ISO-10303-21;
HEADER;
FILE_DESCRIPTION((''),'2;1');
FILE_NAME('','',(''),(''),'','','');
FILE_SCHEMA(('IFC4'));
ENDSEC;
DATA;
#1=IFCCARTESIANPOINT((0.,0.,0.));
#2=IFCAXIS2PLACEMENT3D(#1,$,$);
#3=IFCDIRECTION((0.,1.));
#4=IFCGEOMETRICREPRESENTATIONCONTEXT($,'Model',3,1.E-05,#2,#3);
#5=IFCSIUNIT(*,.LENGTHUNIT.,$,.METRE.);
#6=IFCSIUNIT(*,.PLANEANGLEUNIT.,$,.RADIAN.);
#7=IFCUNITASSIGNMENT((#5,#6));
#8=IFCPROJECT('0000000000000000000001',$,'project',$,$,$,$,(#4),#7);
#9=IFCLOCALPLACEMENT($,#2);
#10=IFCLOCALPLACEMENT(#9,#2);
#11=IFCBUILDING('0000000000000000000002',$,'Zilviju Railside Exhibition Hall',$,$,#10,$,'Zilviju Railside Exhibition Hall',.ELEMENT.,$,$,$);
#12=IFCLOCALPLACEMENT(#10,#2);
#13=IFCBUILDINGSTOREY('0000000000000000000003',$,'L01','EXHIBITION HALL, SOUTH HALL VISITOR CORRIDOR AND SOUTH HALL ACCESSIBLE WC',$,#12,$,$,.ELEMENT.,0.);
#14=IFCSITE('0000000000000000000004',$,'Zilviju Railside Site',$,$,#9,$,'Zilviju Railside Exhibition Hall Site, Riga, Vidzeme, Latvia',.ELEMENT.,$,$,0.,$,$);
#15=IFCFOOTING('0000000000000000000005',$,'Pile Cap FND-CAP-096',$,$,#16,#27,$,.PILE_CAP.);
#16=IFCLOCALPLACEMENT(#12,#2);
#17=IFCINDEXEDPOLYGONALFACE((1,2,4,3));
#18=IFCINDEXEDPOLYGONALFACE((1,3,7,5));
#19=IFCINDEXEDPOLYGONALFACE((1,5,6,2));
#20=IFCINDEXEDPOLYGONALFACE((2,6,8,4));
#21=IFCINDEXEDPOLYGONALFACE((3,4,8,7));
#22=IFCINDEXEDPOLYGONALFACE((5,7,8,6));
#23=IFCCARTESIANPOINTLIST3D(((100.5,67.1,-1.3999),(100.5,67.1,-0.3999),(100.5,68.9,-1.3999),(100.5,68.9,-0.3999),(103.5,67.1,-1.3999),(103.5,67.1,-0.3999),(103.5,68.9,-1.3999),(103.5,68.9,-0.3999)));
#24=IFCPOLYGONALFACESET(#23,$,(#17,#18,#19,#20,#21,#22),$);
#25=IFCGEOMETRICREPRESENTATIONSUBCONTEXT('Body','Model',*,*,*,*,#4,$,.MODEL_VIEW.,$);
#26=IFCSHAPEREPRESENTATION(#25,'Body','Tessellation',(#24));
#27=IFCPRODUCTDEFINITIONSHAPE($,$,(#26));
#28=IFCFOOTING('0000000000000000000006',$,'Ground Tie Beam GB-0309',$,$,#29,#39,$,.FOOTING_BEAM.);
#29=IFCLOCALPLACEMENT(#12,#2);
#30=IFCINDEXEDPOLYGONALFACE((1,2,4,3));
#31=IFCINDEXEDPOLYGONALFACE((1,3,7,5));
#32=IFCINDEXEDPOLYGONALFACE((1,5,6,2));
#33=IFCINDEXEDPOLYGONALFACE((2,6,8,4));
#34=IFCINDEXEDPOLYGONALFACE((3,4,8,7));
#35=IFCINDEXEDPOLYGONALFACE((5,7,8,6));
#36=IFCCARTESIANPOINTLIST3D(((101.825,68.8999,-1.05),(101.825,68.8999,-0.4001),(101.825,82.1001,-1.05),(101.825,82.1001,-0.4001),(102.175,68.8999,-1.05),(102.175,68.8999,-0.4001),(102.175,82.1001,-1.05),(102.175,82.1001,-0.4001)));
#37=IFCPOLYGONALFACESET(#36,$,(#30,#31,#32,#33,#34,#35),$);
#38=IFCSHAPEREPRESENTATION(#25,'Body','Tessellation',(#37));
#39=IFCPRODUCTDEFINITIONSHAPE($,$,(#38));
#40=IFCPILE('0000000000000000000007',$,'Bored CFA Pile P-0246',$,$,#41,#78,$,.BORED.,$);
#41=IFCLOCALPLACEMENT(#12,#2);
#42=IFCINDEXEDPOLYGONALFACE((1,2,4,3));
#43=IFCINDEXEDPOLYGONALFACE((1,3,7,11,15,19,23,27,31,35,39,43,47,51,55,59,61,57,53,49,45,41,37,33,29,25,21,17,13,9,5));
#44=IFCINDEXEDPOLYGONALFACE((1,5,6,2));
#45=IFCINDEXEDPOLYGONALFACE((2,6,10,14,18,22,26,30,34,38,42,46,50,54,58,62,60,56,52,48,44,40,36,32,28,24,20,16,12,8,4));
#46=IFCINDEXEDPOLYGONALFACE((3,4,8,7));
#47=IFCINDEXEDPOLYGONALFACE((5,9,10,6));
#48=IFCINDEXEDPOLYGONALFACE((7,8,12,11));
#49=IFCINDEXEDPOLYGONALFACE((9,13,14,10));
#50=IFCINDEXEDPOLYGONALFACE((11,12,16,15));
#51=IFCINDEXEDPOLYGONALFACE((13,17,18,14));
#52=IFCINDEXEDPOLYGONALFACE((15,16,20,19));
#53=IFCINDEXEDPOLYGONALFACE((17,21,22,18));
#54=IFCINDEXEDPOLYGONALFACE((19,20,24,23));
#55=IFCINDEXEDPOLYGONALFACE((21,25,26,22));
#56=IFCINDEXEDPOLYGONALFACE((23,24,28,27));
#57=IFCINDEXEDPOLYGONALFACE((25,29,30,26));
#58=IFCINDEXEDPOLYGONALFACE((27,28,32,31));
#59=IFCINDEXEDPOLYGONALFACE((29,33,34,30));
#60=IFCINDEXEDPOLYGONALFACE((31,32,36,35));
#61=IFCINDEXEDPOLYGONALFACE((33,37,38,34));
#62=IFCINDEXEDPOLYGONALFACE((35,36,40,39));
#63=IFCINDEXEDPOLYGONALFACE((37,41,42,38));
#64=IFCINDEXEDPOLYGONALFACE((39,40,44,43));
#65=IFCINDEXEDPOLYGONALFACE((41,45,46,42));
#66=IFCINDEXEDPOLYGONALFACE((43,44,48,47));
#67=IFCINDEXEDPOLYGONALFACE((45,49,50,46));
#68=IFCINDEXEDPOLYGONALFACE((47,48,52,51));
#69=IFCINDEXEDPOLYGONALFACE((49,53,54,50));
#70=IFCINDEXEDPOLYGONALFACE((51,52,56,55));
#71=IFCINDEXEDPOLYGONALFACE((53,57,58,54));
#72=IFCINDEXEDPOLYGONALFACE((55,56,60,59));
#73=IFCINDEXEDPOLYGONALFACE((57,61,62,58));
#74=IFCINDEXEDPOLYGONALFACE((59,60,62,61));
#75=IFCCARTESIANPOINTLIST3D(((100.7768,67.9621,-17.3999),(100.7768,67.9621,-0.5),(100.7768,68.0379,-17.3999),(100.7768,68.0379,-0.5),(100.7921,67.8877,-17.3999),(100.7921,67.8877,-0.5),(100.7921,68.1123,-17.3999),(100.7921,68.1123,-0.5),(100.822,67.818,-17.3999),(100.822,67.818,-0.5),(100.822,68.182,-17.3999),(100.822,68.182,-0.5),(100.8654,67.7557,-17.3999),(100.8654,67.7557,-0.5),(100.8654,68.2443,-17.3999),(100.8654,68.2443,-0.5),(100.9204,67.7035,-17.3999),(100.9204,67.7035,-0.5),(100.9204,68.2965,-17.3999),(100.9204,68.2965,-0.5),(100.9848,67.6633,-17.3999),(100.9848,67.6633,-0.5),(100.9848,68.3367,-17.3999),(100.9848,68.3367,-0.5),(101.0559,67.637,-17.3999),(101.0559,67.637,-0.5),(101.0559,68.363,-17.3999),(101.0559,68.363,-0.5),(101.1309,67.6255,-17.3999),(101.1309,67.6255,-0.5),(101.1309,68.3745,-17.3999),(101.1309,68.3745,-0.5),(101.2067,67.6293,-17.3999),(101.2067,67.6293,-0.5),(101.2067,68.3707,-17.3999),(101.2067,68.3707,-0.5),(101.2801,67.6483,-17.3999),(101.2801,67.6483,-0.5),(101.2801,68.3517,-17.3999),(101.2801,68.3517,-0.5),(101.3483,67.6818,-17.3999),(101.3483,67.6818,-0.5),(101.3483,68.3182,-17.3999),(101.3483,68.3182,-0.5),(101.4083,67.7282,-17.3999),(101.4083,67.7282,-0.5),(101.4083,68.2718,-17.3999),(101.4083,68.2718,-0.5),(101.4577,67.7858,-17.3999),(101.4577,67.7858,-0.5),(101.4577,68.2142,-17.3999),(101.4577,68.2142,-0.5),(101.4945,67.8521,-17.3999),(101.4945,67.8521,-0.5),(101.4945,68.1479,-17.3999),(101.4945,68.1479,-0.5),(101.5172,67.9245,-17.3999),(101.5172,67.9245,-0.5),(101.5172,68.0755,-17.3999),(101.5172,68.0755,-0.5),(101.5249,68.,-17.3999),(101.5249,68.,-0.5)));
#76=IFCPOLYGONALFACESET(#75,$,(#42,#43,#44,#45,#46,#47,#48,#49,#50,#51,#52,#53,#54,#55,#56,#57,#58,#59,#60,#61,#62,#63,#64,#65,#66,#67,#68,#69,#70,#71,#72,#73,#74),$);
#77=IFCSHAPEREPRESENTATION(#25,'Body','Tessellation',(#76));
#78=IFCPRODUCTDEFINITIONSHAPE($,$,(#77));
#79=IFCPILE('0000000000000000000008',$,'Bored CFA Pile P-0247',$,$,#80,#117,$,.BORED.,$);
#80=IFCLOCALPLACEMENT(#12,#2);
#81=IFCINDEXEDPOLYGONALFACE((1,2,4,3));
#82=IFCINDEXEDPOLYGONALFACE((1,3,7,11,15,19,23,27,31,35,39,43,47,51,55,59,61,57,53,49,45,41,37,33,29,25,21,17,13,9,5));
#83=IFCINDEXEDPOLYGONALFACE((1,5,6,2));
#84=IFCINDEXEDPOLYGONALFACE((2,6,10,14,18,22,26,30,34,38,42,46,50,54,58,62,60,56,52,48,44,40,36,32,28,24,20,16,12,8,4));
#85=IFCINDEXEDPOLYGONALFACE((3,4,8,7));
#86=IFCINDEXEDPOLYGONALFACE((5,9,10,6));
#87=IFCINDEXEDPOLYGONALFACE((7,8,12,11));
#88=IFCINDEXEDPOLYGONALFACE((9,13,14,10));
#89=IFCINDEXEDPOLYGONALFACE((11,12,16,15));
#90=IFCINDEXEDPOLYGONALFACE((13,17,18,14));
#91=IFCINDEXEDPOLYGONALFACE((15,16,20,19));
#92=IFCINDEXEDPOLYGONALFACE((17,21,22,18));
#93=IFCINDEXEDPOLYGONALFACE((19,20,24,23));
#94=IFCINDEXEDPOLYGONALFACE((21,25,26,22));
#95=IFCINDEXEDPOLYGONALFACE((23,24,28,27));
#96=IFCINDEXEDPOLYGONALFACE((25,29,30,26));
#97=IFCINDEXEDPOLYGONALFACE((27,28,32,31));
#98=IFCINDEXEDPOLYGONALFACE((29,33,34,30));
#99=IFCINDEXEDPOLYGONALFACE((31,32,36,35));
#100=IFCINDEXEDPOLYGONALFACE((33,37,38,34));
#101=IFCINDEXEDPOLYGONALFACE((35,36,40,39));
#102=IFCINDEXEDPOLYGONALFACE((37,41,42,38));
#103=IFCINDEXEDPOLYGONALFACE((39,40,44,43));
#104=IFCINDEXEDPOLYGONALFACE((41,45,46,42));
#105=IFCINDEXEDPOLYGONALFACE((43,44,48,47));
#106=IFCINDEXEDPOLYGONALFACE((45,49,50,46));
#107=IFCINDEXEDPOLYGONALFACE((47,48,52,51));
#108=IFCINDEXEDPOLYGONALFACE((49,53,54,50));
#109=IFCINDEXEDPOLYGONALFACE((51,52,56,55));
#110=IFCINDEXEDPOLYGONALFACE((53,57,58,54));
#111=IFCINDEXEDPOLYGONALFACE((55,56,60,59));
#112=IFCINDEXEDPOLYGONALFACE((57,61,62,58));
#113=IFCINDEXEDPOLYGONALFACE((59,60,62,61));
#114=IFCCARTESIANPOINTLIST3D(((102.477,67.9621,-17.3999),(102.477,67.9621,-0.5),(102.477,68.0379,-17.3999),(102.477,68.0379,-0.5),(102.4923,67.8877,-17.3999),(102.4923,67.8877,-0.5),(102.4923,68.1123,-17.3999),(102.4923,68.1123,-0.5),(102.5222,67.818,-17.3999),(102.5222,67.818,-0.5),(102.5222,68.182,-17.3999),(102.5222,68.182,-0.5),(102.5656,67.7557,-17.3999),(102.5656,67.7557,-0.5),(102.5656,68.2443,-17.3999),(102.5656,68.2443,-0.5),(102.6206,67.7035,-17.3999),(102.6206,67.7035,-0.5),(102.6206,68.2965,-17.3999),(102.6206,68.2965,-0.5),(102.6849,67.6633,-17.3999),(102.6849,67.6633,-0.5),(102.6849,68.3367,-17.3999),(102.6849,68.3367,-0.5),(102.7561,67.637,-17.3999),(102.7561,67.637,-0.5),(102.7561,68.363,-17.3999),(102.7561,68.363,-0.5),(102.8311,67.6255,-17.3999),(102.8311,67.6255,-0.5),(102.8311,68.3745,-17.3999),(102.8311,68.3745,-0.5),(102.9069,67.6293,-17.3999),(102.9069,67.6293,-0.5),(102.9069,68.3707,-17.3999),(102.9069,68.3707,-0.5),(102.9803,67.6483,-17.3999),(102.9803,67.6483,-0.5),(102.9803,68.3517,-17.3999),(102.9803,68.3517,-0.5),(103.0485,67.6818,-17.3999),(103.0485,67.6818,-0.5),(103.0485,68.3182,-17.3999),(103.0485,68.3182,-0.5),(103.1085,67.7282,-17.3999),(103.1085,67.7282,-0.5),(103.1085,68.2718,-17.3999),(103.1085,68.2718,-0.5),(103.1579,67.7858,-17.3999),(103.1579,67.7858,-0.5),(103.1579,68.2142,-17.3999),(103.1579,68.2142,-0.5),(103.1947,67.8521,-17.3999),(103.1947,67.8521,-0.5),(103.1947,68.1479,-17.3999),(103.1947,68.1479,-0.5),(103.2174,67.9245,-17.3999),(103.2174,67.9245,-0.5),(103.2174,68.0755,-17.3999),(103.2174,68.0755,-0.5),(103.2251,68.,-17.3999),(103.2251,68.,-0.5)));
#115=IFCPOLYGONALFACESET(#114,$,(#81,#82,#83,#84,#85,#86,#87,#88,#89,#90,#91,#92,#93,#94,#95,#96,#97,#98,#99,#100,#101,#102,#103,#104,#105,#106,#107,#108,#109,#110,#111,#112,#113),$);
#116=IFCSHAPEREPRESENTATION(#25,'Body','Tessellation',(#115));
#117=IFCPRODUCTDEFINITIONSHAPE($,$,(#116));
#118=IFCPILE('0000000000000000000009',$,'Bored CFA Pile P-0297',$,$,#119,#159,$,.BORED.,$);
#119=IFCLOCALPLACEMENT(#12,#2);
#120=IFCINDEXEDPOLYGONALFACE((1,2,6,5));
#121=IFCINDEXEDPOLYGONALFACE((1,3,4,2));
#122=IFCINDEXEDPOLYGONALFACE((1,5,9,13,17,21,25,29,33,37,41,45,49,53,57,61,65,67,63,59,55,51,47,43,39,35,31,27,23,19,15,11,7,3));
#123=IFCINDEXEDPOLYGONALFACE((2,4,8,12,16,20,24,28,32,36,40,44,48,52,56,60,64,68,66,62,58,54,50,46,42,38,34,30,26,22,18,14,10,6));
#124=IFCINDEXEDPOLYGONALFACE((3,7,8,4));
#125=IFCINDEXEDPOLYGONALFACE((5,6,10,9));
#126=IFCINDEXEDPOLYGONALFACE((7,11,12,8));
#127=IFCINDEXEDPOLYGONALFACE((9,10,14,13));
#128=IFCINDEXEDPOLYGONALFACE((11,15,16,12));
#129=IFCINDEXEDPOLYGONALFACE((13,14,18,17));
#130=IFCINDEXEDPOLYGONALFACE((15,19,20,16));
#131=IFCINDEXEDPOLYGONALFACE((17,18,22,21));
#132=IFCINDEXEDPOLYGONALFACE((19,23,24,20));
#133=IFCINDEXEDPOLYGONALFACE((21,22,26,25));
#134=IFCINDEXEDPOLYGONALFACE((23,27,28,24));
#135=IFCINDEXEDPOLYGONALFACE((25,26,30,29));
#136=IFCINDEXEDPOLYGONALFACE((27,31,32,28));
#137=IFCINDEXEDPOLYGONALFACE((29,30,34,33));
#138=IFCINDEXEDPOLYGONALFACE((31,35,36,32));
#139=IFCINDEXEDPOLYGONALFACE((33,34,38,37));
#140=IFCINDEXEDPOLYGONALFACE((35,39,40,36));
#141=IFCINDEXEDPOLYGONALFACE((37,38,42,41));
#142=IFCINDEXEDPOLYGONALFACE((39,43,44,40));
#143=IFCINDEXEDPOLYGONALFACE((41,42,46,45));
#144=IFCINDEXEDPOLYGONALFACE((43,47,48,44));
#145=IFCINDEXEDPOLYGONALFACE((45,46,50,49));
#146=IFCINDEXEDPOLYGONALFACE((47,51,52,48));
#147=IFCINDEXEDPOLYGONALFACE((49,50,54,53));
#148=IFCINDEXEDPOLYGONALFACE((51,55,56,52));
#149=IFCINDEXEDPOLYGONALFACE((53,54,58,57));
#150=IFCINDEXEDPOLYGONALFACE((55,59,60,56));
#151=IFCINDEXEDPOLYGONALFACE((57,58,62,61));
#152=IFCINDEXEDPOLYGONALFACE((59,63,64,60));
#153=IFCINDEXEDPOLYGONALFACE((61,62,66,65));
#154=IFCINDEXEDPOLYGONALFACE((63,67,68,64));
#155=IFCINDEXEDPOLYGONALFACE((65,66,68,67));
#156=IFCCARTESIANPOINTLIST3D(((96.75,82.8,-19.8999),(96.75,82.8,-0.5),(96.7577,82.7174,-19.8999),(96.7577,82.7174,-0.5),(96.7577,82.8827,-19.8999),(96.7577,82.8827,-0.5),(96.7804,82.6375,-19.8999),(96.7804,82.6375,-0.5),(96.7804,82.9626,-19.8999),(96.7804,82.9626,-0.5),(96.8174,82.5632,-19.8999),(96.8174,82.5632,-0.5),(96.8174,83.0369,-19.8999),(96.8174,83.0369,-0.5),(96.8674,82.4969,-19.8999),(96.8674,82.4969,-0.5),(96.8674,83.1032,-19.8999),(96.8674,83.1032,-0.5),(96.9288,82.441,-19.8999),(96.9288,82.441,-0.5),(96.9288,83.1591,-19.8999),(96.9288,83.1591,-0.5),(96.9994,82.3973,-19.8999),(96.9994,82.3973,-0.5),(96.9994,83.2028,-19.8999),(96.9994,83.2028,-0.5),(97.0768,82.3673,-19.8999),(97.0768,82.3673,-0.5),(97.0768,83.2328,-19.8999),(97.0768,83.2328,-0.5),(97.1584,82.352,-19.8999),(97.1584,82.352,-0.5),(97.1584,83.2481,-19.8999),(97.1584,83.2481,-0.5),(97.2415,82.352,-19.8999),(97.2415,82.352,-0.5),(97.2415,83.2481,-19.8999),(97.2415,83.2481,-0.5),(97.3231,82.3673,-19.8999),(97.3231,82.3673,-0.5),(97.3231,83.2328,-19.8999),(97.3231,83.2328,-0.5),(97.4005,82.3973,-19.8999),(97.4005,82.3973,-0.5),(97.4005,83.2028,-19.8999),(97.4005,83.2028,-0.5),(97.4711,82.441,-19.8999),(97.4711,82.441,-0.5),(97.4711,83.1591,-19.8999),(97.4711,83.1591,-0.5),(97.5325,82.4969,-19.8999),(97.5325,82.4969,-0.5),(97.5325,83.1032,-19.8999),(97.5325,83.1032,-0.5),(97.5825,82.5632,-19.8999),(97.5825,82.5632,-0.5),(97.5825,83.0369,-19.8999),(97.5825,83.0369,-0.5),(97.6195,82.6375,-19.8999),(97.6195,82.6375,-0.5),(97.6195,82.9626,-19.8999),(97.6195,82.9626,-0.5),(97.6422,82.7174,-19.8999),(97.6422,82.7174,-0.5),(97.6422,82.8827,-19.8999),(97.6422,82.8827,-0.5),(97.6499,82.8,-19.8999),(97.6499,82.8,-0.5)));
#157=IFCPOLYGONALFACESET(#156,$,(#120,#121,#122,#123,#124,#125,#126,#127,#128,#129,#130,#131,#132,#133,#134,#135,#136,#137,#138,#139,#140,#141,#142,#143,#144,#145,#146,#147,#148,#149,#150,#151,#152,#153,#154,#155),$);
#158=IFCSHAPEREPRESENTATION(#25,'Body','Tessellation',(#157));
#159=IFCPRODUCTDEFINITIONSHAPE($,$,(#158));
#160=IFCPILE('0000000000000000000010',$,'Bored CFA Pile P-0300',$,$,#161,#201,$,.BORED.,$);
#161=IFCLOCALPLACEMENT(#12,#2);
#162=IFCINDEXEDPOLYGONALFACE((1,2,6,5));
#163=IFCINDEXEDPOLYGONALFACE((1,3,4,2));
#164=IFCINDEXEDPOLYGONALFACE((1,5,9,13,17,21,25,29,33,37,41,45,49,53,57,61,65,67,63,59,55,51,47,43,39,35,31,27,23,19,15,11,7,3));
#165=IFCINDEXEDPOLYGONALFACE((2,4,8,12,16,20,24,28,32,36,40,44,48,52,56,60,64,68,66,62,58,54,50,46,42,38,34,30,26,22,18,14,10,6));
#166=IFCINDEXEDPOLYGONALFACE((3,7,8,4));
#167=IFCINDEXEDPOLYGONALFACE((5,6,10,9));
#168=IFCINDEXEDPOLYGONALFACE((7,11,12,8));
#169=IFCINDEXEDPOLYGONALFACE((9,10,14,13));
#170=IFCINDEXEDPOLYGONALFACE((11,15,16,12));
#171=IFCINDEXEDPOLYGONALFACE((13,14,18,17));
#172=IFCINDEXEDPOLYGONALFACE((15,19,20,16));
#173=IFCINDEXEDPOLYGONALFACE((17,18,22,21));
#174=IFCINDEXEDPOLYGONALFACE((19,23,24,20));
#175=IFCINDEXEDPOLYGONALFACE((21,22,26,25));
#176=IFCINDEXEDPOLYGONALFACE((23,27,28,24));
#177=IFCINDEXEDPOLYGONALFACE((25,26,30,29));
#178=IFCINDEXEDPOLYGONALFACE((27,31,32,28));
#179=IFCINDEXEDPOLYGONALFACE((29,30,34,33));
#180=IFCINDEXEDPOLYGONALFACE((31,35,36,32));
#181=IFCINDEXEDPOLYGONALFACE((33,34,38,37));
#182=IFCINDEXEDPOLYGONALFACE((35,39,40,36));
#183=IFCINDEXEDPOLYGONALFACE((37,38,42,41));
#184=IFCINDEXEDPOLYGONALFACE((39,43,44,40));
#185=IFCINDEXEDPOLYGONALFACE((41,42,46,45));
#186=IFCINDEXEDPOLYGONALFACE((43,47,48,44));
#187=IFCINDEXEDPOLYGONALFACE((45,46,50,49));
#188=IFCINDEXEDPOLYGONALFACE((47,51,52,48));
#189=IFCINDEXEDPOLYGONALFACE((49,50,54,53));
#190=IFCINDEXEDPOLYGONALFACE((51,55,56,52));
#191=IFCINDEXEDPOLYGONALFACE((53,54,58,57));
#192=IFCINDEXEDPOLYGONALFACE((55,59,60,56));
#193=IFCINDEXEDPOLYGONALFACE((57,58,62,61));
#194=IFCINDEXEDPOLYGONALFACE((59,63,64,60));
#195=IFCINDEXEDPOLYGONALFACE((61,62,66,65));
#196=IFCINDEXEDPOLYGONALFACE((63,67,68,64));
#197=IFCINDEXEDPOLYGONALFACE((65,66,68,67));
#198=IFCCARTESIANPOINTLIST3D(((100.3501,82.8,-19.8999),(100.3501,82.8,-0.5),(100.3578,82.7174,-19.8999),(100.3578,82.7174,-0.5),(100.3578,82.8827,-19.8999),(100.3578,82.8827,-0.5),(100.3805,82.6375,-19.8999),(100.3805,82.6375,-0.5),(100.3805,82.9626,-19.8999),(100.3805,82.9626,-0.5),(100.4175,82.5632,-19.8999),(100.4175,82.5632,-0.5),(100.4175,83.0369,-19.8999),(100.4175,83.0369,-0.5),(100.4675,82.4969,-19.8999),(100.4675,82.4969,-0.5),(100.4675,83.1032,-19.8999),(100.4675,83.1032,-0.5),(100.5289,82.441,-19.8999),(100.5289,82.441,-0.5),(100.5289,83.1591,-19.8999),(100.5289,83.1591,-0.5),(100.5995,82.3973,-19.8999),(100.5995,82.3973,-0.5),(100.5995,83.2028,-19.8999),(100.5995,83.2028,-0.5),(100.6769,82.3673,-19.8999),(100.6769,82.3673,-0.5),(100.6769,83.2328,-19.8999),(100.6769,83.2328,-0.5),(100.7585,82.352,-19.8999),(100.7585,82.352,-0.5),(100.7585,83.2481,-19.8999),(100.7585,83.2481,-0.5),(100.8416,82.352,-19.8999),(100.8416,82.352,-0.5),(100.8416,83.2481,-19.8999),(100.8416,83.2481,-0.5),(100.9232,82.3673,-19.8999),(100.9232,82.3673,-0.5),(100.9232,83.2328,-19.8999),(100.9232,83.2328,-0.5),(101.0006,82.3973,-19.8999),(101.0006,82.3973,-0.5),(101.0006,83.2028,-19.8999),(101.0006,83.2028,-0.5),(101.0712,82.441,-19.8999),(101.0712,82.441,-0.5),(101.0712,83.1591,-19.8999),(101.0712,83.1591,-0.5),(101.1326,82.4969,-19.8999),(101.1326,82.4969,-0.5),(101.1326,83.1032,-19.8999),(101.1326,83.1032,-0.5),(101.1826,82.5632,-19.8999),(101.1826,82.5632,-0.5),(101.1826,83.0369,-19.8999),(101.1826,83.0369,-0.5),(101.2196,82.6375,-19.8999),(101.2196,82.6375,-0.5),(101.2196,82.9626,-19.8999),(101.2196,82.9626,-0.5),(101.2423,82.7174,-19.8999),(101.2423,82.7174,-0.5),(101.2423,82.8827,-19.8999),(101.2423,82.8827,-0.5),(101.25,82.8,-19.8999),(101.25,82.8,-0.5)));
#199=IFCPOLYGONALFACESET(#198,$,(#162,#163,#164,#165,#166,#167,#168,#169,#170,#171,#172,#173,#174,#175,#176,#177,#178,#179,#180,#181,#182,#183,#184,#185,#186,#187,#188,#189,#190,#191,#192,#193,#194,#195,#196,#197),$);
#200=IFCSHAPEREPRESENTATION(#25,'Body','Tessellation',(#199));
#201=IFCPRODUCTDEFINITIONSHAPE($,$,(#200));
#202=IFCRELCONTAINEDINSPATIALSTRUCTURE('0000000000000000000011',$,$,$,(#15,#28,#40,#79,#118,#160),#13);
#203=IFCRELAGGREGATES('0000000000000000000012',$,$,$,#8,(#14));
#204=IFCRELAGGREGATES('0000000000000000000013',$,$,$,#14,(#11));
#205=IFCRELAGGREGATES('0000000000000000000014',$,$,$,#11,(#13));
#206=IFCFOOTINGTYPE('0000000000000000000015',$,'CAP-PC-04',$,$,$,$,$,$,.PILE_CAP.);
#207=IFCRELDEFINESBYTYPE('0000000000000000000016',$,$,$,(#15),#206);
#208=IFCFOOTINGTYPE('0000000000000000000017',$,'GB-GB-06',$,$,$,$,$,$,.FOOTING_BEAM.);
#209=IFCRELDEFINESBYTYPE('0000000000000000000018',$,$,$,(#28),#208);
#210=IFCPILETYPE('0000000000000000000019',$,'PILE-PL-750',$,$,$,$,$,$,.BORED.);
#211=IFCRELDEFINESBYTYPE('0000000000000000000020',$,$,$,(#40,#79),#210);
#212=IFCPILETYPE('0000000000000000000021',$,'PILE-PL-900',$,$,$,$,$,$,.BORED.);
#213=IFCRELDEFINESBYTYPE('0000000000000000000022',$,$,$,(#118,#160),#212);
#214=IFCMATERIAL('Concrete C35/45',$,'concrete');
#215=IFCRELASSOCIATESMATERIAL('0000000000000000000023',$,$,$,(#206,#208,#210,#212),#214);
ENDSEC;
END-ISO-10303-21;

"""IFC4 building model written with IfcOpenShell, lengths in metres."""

from ifc_helpers import new_model, si_unit, direction, frame, origin, origin_2d, place, context, subcontext, project, spatial, rectangle, circle, extrude, material, material_profile, profile_set, type_object, element, save


model = new_model("IFC4")

# Units and contexts
model_context = context("Model", 3, precision=1e-05, world=origin(), true_north=direction((0.0, 1.0)))
body_context = subcontext(model_context, "Body", "Model", "MODEL_VIEW")
ifc_project = project(units=[si_unit("LENGTHUNIT", "METRE"), si_unit("PLANEANGLEUNIT", "RADIAN")], contexts=[model_context])

# Site, building, storey
site_placement = place(None, origin())
site = spatial("IfcSite", under=ifc_project, at=site_placement, Name="Zilviju Railside Site", LongName="Zilviju Railside Exhibition Hall Site, Riga, Vidzeme, Latvia", CompositionType="ELEMENT", RefElevation=0.0)
building_placement = place(site_placement, origin())
building = spatial("IfcBuilding", under=site, at=building_placement, Name="Zilviju Railside Exhibition Hall", LongName="Zilviju Railside Exhibition Hall", CompositionType="ELEMENT")
storey_placement = place(building_placement, origin())
storey = spatial("IfcBuildingStorey", under=building, at=storey_placement, Name="L01", Description="EXHIBITION HALL, SOUTH HALL VISITOR CORRIDOR AND SOUTH HALL ACCESSIBLE WC", CompositionType="ELEMENT", Elevation=0.0)

# Footings
ifc_material_1 = material(Name="Concrete C35/45", Category="concrete")
footing_type_1 = type_object("IfcFootingType", Name="CAP-PC-04", PredefinedType="PILE_CAP", material=ifc_material_1)
footing_1_placement = place(storey_placement, frame((102.0, 68.0, -1.3999), z_axis=(0.0, 0.0, 1.0), x_axis=(1.0, 0.0, 0.0)))
element("IfcFooting", 1, at=footing_1_placement, inside=storey, type_object=footing_type_1, Name="Pile Cap FND-CAP-096", PredefinedType="PILE_CAP", context=body_context, shape_type="SweptSolid", body=[
    extrude(rectangle(XDim=3.0, YDim=1.8, at=origin_2d()), origin(), (0.0, 0.0, 1.0), 1.0),
])
ifc_material_profile_1 = material_profile(ifc_material_1, rectangle(XDim=0.3501, YDim=0.6499, at=origin_2d()), Name="TIE BEAM 350x650")
ifc_profile_set_1 = profile_set([ifc_material_profile_1], Name="Concrete C35/45")
footing_type_2 = type_object("IfcFootingType", Name="GB-GB-06", PredefinedType="FOOTING_BEAM", material=ifc_profile_set_1)
footing_2_placement = place(storey_placement, frame((102.0, 68.8999, -0.7251), z_axis=(0.0, 1.0, 0.0), x_axis=(-1.0, 0.0, 0.0)))
element("IfcFooting", 2, at=footing_2_placement, inside=storey, type_object=footing_type_2, Name="Ground Tie Beam GB-0309", PredefinedType="FOOTING_BEAM", context=body_context, shape_type="SweptSolid", body=[
    extrude(rectangle(XDim=0.3501, YDim=0.6499, at=origin_2d()), origin(), (0.0, 0.0, 1.0), 13.2002),
])

# Piles
ifc_material_profile_2 = material_profile(ifc_material_1, circle(Radius=0.375, at=origin_2d()), Name="CFA PILE D750")
ifc_profile_set_2 = profile_set([ifc_material_profile_2], Name="Concrete C35/45")
pile_type_1 = type_object("IfcPileType", Name="PILE-PL-750", PredefinedType="BORED", material=ifc_profile_set_2)
for number, where, z_axis, x_axis, name in (
    (3, (101.1499, 68.0, -0.5), (0.0, 0.0, -1.0), (1.0, 0.0, 0.0), "Bored CFA Pile P-0246"),
    (4, (102.8501, 68.0, -0.5), (0.0, 0.0, -1.0), (1.0, 0.0, 0.0), "Bored CFA Pile P-0247"),
):
    element("IfcPile", number, at=place(storey_placement, frame(where, z_axis=z_axis, x_axis=x_axis)), inside=storey, type_object=pile_type_1, Name=name, PredefinedType="BORED", context=body_context, shape_type="SweptSolid", body=[
        extrude(circle(Radius=0.375, at=origin_2d()), origin(), (0.0, 0.0, 1.0), 16.8999),
    ])
ifc_material_profile_3 = material_profile(ifc_material_1, circle(Radius=0.45, at=origin_2d()), Name="CFA PILE D900")
ifc_profile_set_3 = profile_set([ifc_material_profile_3], Name="Concrete C35/45")
pile_type_2 = type_object("IfcPileType", Name="PILE-PL-900", PredefinedType="BORED", material=ifc_profile_set_3)
for number, where, z_axis, x_axis, name in (
    (5, (97.2, 82.8, -0.5), (0.0, 0.0, -1.0), (1.0, 0.0, 0.0), "Bored CFA Pile P-0297"),
    (6, (100.8, 82.8, -0.5), (0.0, 0.0, -1.0), (1.0, 0.0, 0.0), "Bored CFA Pile P-0300"),
):
    element("IfcPile", number, at=place(storey_placement, frame(where, z_axis=z_axis, x_axis=x_axis)), inside=storey, type_object=pile_type_2, Name=name, PredefinedType="BORED", context=body_context, shape_type="SweptSolid", body=[
        extrude(circle(Radius=0.45, at=origin_2d()), origin(), (0.0, 0.0, 1.0), 19.3999),
    ])

save(model, "model.ifc")
